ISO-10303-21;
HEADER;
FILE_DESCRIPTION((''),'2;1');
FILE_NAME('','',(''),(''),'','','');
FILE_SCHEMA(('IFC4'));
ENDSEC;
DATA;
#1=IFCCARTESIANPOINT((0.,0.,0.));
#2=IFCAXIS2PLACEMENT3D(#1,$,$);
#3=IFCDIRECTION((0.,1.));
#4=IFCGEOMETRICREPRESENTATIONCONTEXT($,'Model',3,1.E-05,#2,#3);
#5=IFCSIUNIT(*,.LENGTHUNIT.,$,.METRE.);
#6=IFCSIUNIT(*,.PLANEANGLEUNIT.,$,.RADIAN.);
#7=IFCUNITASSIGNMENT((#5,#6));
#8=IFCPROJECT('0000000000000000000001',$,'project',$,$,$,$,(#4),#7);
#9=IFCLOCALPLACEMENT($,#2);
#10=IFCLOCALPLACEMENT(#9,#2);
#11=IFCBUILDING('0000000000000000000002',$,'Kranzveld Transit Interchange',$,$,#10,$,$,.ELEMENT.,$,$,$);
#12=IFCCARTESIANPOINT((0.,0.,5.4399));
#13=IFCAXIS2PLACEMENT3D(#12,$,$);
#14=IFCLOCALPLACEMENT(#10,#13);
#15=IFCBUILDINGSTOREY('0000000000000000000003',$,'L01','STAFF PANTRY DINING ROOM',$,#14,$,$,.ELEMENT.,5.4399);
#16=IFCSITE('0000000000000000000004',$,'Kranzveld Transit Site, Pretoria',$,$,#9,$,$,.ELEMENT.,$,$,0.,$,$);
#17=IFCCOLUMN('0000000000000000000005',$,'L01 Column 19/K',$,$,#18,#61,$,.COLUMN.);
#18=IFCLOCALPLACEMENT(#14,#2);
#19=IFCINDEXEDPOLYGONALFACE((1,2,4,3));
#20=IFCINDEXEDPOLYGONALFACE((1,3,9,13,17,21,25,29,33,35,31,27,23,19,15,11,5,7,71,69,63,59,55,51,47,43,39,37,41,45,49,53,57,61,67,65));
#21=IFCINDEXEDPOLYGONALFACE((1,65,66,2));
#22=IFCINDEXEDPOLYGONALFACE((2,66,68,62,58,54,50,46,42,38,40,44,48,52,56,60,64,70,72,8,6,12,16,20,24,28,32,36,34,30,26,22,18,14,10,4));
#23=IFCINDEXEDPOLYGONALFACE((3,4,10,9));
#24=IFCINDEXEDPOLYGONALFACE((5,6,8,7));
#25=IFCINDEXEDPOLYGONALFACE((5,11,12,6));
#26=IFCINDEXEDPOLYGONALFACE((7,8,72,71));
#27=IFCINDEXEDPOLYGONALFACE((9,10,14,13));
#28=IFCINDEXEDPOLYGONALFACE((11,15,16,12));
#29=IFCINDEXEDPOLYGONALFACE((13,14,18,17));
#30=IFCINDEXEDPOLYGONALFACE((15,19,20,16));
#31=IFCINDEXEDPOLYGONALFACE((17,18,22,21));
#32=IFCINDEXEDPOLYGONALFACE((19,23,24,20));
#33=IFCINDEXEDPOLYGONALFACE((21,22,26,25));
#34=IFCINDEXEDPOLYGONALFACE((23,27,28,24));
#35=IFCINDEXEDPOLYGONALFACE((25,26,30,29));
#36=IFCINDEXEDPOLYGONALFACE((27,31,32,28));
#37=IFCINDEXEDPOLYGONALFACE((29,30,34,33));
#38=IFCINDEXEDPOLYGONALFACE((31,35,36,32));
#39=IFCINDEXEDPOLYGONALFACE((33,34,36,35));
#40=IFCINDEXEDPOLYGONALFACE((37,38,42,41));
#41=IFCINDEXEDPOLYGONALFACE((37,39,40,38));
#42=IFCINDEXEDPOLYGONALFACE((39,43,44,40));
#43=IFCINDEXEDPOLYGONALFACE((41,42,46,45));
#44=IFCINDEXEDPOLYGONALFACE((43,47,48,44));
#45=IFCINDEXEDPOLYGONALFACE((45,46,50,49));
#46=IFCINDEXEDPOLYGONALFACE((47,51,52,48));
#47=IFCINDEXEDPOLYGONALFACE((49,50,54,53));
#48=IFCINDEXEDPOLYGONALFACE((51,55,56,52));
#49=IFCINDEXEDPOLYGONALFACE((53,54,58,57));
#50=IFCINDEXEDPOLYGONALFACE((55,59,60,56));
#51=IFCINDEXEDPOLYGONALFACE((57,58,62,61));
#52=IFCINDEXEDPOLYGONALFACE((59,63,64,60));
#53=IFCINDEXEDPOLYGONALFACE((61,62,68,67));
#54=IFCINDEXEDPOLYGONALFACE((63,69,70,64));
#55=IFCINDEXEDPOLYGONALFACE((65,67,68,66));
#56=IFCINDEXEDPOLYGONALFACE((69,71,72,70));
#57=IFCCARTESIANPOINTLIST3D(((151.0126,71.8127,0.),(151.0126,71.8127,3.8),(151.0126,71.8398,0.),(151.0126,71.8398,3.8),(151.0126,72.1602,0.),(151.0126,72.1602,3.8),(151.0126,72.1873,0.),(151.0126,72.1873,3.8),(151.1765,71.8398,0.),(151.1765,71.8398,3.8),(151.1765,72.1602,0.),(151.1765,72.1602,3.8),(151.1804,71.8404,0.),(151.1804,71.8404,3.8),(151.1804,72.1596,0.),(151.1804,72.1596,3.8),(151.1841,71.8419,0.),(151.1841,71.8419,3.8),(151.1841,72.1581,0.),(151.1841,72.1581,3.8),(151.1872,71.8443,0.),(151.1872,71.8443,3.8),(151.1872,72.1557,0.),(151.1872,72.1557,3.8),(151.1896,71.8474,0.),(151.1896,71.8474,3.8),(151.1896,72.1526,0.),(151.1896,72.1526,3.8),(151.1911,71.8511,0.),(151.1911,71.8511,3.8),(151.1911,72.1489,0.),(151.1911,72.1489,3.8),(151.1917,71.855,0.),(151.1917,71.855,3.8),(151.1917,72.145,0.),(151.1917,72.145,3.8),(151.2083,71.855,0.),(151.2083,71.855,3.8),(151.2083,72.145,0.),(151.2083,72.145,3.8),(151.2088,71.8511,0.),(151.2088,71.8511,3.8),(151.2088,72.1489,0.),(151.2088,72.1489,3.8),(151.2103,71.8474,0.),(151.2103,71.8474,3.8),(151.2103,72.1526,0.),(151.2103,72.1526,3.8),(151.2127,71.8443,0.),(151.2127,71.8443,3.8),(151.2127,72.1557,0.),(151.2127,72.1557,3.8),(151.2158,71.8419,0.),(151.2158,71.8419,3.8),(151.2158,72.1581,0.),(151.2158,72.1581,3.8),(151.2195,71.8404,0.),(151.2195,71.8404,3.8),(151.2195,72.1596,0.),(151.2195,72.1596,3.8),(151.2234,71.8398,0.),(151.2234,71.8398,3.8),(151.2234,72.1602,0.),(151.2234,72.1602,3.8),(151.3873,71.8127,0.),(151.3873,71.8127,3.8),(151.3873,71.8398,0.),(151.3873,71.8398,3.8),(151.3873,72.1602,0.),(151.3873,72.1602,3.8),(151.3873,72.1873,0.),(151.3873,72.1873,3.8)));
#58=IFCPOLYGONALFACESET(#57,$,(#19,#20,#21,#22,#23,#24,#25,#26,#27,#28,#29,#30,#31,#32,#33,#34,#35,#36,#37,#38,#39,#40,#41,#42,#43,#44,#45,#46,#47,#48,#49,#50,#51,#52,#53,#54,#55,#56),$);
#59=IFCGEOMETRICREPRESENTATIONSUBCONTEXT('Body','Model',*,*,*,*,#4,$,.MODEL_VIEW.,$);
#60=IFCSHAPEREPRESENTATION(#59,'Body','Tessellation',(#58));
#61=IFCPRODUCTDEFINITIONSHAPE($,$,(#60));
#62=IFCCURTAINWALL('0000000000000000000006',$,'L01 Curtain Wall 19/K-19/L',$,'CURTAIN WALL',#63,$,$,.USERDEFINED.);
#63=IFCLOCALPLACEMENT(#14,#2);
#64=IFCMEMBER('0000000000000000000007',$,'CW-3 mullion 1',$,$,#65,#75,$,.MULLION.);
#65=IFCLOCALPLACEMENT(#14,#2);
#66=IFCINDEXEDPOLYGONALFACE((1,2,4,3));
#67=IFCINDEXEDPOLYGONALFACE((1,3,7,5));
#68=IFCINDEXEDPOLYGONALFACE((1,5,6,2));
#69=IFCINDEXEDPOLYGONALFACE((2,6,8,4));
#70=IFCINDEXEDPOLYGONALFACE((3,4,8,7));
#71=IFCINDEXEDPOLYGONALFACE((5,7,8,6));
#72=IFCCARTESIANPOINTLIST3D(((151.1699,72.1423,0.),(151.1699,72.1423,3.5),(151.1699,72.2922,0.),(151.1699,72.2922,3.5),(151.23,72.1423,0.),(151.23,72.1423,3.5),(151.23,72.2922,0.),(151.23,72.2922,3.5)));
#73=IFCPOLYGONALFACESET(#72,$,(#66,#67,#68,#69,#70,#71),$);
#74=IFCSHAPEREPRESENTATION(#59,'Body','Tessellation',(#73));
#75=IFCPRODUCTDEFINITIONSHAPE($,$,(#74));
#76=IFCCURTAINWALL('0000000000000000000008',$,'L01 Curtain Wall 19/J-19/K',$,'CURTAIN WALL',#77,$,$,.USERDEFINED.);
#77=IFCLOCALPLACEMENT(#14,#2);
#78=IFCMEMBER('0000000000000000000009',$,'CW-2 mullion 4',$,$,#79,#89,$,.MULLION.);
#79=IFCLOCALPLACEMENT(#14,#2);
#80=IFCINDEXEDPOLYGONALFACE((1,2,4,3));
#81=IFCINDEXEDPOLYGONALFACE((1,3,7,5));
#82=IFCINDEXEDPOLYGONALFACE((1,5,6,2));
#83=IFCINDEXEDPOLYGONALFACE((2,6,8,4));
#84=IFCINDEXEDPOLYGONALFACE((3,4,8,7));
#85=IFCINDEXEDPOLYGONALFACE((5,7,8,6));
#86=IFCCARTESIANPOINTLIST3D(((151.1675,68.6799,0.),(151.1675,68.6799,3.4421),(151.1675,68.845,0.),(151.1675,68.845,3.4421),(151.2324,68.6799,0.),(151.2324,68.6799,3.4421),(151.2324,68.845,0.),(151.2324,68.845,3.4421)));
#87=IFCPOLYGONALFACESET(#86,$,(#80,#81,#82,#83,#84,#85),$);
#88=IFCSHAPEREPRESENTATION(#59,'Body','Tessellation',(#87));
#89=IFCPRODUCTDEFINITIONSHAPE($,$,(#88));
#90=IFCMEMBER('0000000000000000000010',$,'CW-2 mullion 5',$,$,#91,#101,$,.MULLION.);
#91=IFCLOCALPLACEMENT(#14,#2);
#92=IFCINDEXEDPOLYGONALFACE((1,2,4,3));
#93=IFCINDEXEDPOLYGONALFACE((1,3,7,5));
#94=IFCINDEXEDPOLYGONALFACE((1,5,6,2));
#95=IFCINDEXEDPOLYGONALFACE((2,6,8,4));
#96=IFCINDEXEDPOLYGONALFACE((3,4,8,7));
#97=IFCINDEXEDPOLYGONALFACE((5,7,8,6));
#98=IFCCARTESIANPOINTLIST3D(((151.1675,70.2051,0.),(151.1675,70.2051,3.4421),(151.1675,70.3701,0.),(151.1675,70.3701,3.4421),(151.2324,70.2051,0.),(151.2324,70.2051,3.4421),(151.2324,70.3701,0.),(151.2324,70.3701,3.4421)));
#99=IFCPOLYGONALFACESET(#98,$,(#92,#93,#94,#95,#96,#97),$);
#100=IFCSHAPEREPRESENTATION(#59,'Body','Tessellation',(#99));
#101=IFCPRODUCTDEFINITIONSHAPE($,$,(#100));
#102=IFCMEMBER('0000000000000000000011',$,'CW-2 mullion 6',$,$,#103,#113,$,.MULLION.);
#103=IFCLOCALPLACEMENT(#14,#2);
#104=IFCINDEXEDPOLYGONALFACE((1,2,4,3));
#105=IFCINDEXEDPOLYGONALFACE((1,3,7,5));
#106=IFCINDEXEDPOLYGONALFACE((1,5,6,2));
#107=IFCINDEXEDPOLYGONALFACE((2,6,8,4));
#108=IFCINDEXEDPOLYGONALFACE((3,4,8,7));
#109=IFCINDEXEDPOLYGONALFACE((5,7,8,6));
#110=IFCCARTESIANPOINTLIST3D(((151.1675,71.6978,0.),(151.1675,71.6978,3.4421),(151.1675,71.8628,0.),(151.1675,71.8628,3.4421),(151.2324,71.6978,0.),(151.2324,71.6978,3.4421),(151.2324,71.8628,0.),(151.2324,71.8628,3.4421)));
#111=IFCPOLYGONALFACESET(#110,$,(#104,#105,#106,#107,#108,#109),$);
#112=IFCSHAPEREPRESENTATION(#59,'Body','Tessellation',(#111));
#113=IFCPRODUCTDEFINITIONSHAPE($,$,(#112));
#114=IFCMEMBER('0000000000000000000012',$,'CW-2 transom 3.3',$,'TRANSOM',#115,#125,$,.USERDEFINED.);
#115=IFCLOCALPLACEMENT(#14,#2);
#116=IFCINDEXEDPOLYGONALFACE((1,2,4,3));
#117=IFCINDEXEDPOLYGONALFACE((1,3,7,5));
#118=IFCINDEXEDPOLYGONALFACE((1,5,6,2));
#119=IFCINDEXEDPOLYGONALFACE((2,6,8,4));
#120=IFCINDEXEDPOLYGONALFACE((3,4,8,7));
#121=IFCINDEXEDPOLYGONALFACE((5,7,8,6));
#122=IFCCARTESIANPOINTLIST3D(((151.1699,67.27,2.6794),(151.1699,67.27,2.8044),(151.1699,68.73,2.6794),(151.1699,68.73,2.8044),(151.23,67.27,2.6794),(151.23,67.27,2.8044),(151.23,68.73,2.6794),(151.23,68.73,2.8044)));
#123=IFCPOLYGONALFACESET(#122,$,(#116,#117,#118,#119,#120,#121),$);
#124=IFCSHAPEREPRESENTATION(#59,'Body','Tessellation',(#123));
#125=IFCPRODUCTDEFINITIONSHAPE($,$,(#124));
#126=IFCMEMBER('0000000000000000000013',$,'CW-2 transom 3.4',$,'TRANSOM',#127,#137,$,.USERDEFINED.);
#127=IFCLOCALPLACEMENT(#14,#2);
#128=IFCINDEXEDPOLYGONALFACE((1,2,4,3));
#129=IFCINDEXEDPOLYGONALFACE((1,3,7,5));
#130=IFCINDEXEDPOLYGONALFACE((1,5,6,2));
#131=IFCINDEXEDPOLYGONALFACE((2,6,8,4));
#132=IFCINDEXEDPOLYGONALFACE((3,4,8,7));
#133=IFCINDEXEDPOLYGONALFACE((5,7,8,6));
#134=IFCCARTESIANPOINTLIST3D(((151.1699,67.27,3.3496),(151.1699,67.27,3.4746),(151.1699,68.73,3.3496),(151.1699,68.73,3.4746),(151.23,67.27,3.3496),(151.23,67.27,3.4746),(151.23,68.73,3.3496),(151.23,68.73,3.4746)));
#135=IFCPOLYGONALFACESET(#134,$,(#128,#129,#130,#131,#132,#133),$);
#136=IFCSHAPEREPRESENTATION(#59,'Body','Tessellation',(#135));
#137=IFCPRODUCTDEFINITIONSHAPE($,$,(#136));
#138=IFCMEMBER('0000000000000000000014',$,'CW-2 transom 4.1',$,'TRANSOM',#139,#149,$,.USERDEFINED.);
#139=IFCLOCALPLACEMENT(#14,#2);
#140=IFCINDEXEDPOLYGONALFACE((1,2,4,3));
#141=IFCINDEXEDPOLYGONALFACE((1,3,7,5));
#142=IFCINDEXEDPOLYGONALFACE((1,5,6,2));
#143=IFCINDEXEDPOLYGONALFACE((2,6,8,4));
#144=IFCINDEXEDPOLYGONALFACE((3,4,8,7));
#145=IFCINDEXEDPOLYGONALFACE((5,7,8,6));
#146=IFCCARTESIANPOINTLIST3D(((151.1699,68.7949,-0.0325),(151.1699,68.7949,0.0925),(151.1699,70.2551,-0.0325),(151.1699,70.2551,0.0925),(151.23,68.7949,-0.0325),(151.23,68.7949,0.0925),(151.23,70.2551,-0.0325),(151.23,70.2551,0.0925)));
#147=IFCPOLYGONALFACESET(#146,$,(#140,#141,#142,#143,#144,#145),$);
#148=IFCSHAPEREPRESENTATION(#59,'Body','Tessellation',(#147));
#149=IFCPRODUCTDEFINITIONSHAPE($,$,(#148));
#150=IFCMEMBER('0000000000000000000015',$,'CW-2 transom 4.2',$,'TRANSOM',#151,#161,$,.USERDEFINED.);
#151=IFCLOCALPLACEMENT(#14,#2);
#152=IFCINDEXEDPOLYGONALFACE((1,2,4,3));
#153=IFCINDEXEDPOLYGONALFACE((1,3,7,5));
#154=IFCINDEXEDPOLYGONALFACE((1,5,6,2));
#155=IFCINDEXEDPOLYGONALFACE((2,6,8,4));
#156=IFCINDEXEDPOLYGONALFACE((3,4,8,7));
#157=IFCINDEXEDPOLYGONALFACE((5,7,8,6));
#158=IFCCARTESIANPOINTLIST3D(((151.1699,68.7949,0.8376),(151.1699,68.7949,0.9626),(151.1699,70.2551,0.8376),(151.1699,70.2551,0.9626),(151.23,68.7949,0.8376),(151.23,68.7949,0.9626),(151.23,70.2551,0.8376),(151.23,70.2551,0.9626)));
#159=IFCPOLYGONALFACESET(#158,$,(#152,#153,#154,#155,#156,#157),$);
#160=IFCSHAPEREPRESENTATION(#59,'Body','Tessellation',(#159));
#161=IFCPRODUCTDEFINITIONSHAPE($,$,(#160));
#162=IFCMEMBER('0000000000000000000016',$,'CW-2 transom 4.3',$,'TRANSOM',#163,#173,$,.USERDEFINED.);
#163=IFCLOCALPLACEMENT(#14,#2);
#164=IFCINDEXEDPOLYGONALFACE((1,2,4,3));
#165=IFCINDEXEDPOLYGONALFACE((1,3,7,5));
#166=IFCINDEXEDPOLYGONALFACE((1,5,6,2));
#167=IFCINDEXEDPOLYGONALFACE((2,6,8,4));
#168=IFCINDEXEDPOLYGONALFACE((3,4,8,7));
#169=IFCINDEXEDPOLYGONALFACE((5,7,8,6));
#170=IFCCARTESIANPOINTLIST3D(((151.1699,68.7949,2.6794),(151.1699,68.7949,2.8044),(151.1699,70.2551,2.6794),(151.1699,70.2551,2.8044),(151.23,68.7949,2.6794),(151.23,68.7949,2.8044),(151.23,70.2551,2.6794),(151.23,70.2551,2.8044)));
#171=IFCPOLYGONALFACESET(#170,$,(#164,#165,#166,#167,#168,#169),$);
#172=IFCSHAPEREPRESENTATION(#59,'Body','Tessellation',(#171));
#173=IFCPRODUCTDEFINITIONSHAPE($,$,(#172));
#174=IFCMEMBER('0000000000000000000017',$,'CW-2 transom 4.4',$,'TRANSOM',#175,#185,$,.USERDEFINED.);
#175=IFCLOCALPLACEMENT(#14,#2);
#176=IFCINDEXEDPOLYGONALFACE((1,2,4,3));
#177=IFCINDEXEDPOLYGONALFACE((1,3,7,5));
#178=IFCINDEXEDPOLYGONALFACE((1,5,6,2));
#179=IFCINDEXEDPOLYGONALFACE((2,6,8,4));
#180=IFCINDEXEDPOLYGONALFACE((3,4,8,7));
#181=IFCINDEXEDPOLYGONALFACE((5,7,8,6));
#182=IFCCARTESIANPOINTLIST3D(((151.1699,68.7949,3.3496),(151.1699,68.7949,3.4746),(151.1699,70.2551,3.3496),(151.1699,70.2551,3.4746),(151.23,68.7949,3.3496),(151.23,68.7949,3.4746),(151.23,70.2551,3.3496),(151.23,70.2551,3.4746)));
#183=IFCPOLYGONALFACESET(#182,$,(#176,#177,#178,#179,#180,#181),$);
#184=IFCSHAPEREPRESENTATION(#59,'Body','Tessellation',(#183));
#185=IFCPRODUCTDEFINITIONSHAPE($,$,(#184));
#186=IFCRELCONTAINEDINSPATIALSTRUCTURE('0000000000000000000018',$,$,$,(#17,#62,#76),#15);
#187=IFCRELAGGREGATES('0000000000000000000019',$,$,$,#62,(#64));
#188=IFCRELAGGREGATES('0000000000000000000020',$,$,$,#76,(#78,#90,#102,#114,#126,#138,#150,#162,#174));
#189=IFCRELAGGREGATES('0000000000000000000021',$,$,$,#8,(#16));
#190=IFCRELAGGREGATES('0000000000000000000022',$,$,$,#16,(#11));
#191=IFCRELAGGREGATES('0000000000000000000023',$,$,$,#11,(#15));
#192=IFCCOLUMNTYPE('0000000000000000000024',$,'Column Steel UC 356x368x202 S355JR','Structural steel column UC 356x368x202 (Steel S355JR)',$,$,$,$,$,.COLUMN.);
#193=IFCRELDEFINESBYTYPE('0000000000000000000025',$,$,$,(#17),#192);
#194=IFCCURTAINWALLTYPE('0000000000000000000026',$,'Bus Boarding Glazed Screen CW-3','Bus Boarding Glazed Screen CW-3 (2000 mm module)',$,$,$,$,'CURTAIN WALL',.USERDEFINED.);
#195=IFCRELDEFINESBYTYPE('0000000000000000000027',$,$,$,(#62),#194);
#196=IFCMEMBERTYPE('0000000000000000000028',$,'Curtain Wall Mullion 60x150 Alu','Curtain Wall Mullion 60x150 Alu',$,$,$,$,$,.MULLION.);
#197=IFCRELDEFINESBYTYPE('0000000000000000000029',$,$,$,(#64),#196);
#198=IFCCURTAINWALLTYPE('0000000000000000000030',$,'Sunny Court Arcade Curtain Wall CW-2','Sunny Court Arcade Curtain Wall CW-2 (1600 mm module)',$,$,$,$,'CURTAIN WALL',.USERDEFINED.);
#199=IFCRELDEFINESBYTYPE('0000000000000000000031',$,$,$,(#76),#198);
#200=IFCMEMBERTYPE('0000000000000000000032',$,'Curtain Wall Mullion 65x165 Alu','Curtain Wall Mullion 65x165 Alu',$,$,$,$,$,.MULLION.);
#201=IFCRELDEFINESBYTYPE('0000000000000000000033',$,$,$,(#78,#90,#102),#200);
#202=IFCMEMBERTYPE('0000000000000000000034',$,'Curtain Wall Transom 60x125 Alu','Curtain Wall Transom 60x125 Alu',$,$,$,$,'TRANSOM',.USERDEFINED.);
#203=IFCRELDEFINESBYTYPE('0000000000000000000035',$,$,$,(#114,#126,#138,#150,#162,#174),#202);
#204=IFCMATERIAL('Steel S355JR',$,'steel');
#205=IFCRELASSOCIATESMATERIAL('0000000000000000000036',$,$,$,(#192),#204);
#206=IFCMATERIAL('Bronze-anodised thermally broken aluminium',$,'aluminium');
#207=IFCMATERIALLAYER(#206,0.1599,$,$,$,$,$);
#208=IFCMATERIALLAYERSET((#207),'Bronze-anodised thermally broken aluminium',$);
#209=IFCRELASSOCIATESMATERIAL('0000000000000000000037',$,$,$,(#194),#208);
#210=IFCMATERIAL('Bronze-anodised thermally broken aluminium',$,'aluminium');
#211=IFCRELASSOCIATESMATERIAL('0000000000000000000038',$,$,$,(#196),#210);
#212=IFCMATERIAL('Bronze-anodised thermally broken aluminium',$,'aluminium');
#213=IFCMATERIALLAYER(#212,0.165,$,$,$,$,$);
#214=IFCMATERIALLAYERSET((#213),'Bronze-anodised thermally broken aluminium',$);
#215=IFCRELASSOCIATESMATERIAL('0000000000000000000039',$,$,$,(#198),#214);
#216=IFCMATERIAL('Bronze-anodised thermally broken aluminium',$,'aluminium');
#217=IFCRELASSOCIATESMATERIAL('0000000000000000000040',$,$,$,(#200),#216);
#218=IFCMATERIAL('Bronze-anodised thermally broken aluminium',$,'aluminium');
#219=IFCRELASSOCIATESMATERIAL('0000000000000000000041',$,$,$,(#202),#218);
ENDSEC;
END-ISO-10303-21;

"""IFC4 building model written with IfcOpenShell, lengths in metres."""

from ifc_helpers import new_model, si_unit, direction, frame, origin, origin_2d, place, context, subcontext, project, spatial, rectangle, i_section, extrude, material, layer, layer_set, material_profile, profile_set, type_object, element, aggregate, save


model = new_model("IFC4")

# Units and contexts
model_context = context("Model", 3, precision=1e-05, world=origin(), true_north=direction((0.0, 1.0)))
body_context = subcontext(model_context, "Body", "Model", "MODEL_VIEW")
ifc_project = project(units=[si_unit("LENGTHUNIT", "METRE"), si_unit("PLANEANGLEUNIT", "RADIAN")], contexts=[model_context])

# Site, building, storey
site_placement = place(None, origin())
site = spatial("IfcSite", under=ifc_project, at=site_placement, Name="Kranzveld Transit Site, Pretoria", CompositionType="ELEMENT", RefElevation=0.0)
building_placement = place(site_placement, origin())
building = spatial("IfcBuilding", under=site, at=building_placement, Name="Kranzveld Transit Interchange", CompositionType="ELEMENT")
storey_placement = place(building_placement, frame((0.0, 0.0, 5.4399)))
storey = spatial("IfcBuildingStorey", under=building, at=storey_placement, Name="L01", Description="STAFF PANTRY DINING ROOM", CompositionType="ELEMENT", Elevation=5.4399)

# Column
ifc_material_1 = material(Name="Steel S355JR", Category="steel")
ifc_material_profile_1 = material_profile(ifc_material_1, i_section(OverallWidth=0.3748, OverallDepth=0.3745, WebThickness=0.0166, FlangeThickness=0.0271, FilletRadius=0.0151, at=origin_2d()), Name="UC 356x368x202")
ifc_profile_set_1 = profile_set([ifc_material_profile_1], Name="Steel S355JR")
column_type = type_object("IfcColumnType", Name="Column Steel UC 356x368x202 S355JR", Description="Structural steel column UC 356x368x202 (Steel S355JR)", PredefinedType="COLUMN", material=ifc_profile_set_1)
column_placement = place(storey_placement, frame((151.2, 72.0, 0.0), z_axis=(0.0, 0.0, 1.0), x_axis=(1.0, 0.0, 0.0)))
element("IfcColumn", 1, at=column_placement, inside=storey, type_object=column_type, Name="L01 Column 19/K", PredefinedType="COLUMN", context=body_context, shape_type="SweptSolid", body=[
    extrude(i_section(OverallWidth=0.3748, OverallDepth=0.3745, WebThickness=0.0166, FlangeThickness=0.0271, FilletRadius=0.0151, at=origin_2d()), origin(), (0.0, 0.0, 1.0), 3.8),
])

# Curtain wall, member
ifc_material_2 = material(Name="Bronze-anodised thermally broken aluminium", Category="aluminium")
ifc_layer_1 = layer(ifc_material_2, 0.1599)
ifc_layer_set_1 = layer_set([ifc_layer_1], Name="Bronze-anodised thermally broken aluminium")
curtain_wall_type_1 = type_object("IfcCurtainWallType", Name="Bus Boarding Glazed Screen CW-3", Description="Bus Boarding Glazed Screen CW-3 (2000 mm module)", ElementType="CURTAIN WALL", PredefinedType="USERDEFINED", material=ifc_layer_set_1)
curtain_wall_1_placement = place(storey_placement, origin())
curtain_wall_1 = element("IfcCurtainWall", 2, at=curtain_wall_1_placement, inside=storey, type_object=curtain_wall_type_1, Name="L01 Curtain Wall 19/K-19/L", ObjectType="CURTAIN WALL", PredefinedType="USERDEFINED")
ifc_material_3 = material(Name="Bronze-anodised thermally broken aluminium", Category="aluminium")
ifc_material_profile_2 = material_profile(ifc_material_3, rectangle(XDim=0.0601, YDim=0.1499, at=origin_2d()), Name="ALU MULLION 60x150")
ifc_profile_set_2 = profile_set([ifc_material_profile_2], Name="Bronze-anodised thermally broken aluminium")
member_type_1 = type_object("IfcMemberType", Name="Curtain Wall Mullion 60x150 Alu", Description="Curtain Wall Mullion 60x150 Alu", PredefinedType="MULLION", material=ifc_profile_set_2)
member_1_placement = place(storey_placement, frame((151.2, 72.2173, 0.0), z_axis=(0.0, 0.0, 1.0), x_axis=(-1.0, 0.0, 0.0)))
member_1 = element("IfcMember", 3, at=member_1_placement, type_object=member_type_1, Name="CW-3 mullion 1", PredefinedType="MULLION", context=body_context, shape_type="SweptSolid", body=[
    extrude(rectangle(XDim=0.0601, YDim=0.1499, at=origin_2d()), origin(), (0.0, 0.0, 1.0), 3.5),
])
aggregate(curtain_wall_1, [member_1])

# Curtain wall, members
ifc_material_4 = material(Name="Bronze-anodised thermally broken aluminium", Category="aluminium")
ifc_layer_2 = layer(ifc_material_4, 0.165)
ifc_layer_set_2 = layer_set([ifc_layer_2], Name="Bronze-anodised thermally broken aluminium")
curtain_wall_type_2 = type_object("IfcCurtainWallType", Name="Sunny Court Arcade Curtain Wall CW-2", Description="Sunny Court Arcade Curtain Wall CW-2 (1600 mm module)", ElementType="CURTAIN WALL", PredefinedType="USERDEFINED", material=ifc_layer_set_2)
curtain_wall_2_placement = place(storey_placement, origin())
curtain_wall_2 = element("IfcCurtainWall", 4, at=curtain_wall_2_placement, inside=storey, type_object=curtain_wall_type_2, Name="L01 Curtain Wall 19/J-19/K", ObjectType="CURTAIN WALL", PredefinedType="USERDEFINED")
ifc_material_5 = material(Name="Bronze-anodised thermally broken aluminium", Category="aluminium")
ifc_material_profile_3 = material_profile(ifc_material_5, rectangle(XDim=0.0649, YDim=0.165, at=origin_2d()), Name="ALU MULLION 65x165")
ifc_profile_set_3 = profile_set([ifc_material_profile_3], Name="Bronze-anodised thermally broken aluminium")
member_type_2 = type_object("IfcMemberType", Name="Curtain Wall Mullion 65x165 Alu", Description="Curtain Wall Mullion 65x165 Alu", PredefinedType="MULLION", material=ifc_profile_set_3)
member_2_placement = place(storey_placement, frame((151.2, 68.7625, 0.0), z_axis=(0.0, 0.0, 1.0), x_axis=(-1.0, 0.0, 0.0)))
member_2 = element("IfcMember", 5, at=member_2_placement, type_object=member_type_2, Name="CW-2 mullion 4", PredefinedType="MULLION", context=body_context, shape_type="SweptSolid", body=[
    extrude(rectangle(XDim=0.0649, YDim=0.165, at=origin_2d()), origin(), (0.0, 0.0, 1.0), 3.4421),
])
member_3_placement = place(storey_placement, frame((151.2, 70.2876, 0.0), z_axis=(0.0, 0.0, 1.0), x_axis=(-1.0, 0.0, 0.0)))
member_3 = element("IfcMember", 6, at=member_3_placement, type_object=member_type_2, Name="CW-2 mullion 5", PredefinedType="MULLION", context=body_context, shape_type="SweptSolid", body=[
    extrude(rectangle(XDim=0.0649, YDim=0.165, at=origin_2d()), origin(), (0.0, 0.0, 1.0), 3.4421),
])
member_4_placement = place(storey_placement, frame((151.2, 71.7803, 0.0), z_axis=(0.0, 0.0, 1.0), x_axis=(-1.0, 0.0, 0.0)))
member_4 = element("IfcMember", 7, at=member_4_placement, type_object=member_type_2, Name="CW-2 mullion 6", PredefinedType="MULLION", context=body_context, shape_type="SweptSolid", body=[
    extrude(rectangle(XDim=0.0649, YDim=0.165, at=origin_2d()), origin(), (0.0, 0.0, 1.0), 3.4421),
])
ifc_material_6 = material(Name="Bronze-anodised thermally broken aluminium", Category="aluminium")
ifc_material_profile_4 = material_profile(ifc_material_6, rectangle(XDim=0.0601, YDim=0.125, at=origin_2d()), Name="ALU TRANSOM 60x125")
ifc_profile_set_4 = profile_set([ifc_material_profile_4], Name="Bronze-anodised thermally broken aluminium")
member_type_3 = type_object("IfcMemberType", Name="Curtain Wall Transom 60x125 Alu", Description="Curtain Wall Transom 60x125 Alu", ElementType="TRANSOM", PredefinedType="USERDEFINED", material=ifc_profile_set_4)
member_5_placement = place(storey_placement, frame((151.2, 67.27, 2.7419), z_axis=(0.0, 1.0, 0.0), x_axis=(-1.0, 0.0, 0.0)))
member_5 = element("IfcMember", 8, at=member_5_placement, type_object=member_type_3, Name="CW-2 transom 3.3", ObjectType="TRANSOM", PredefinedType="USERDEFINED", context=body_context, shape_type="SweptSolid", body=[
    extrude(rectangle(XDim=0.0601, YDim=0.125, at=origin_2d()), origin(), (0.0, 0.0, 1.0), 1.46),
])
member_6_placement = place(storey_placement, frame((151.2, 67.27, 3.4121), z_axis=(0.0, 1.0, 0.0), x_axis=(-1.0, 0.0, 0.0)))
member_6 = element("IfcMember", 9, at=member_6_placement, type_object=member_type_3, Name="CW-2 transom 3.4", ObjectType="TRANSOM", PredefinedType="USERDEFINED", context=body_context, shape_type="SweptSolid", body=[
    extrude(rectangle(XDim=0.0601, YDim=0.125, at=origin_2d()), origin(), (0.0, 0.0, 1.0), 1.46),
])
member_7_placement = place(storey_placement, frame((151.2, 68.7949, 0.03), z_axis=(0.0, 1.0, 0.0), x_axis=(-1.0, 0.0, 0.0)))
member_7 = element("IfcMember", 10, at=member_7_placement, type_object=member_type_3, Name="CW-2 transom 4.1", ObjectType="TRANSOM", PredefinedType="USERDEFINED", context=body_context, shape_type="SweptSolid", body=[
    extrude(rectangle(XDim=0.0601, YDim=0.125, at=origin_2d()), origin(), (0.0, 0.0, 1.0), 1.4602),
])
member_8_placement = place(storey_placement, frame((151.2, 68.7949, 0.9001), z_axis=(0.0, 1.0, 0.0), x_axis=(-1.0, 0.0, 0.0)))
member_8 = element("IfcMember", 11, at=member_8_placement, type_object=member_type_3, Name="CW-2 transom 4.2", ObjectType="TRANSOM", PredefinedType="USERDEFINED", context=body_context, shape_type="SweptSolid", body=[
    extrude(rectangle(XDim=0.0601, YDim=0.125, at=origin_2d()), origin(), (0.0, 0.0, 1.0), 1.4602),
])
member_9_placement = place(storey_placement, frame((151.2, 68.7949, 2.7419), z_axis=(0.0, 1.0, 0.0), x_axis=(-1.0, 0.0, 0.0)))
member_9 = element("IfcMember", 12, at=member_9_placement, type_object=member_type_3, Name="CW-2 transom 4.3", ObjectType="TRANSOM", PredefinedType="USERDEFINED", context=body_context, shape_type="SweptSolid", body=[
    extrude(rectangle(XDim=0.0601, YDim=0.125, at=origin_2d()), origin(), (0.0, 0.0, 1.0), 1.4602),
])
member_10_placement = place(storey_placement, frame((151.2, 68.7949, 3.4121), z_axis=(0.0, 1.0, 0.0), x_axis=(-1.0, 0.0, 0.0)))
member_10 = element("IfcMember", 13, at=member_10_placement, type_object=member_type_3, Name="CW-2 transom 4.4", ObjectType="TRANSOM", PredefinedType="USERDEFINED", context=body_context, shape_type="SweptSolid", body=[
    extrude(rectangle(XDim=0.0601, YDim=0.125, at=origin_2d()), origin(), (0.0, 0.0, 1.0), 1.4602),
])

aggregate(curtain_wall_2, [member_2, member_3, member_4, member_5, member_6, member_7, member_8, member_9, member_10])

save(model, "model.ifc")
